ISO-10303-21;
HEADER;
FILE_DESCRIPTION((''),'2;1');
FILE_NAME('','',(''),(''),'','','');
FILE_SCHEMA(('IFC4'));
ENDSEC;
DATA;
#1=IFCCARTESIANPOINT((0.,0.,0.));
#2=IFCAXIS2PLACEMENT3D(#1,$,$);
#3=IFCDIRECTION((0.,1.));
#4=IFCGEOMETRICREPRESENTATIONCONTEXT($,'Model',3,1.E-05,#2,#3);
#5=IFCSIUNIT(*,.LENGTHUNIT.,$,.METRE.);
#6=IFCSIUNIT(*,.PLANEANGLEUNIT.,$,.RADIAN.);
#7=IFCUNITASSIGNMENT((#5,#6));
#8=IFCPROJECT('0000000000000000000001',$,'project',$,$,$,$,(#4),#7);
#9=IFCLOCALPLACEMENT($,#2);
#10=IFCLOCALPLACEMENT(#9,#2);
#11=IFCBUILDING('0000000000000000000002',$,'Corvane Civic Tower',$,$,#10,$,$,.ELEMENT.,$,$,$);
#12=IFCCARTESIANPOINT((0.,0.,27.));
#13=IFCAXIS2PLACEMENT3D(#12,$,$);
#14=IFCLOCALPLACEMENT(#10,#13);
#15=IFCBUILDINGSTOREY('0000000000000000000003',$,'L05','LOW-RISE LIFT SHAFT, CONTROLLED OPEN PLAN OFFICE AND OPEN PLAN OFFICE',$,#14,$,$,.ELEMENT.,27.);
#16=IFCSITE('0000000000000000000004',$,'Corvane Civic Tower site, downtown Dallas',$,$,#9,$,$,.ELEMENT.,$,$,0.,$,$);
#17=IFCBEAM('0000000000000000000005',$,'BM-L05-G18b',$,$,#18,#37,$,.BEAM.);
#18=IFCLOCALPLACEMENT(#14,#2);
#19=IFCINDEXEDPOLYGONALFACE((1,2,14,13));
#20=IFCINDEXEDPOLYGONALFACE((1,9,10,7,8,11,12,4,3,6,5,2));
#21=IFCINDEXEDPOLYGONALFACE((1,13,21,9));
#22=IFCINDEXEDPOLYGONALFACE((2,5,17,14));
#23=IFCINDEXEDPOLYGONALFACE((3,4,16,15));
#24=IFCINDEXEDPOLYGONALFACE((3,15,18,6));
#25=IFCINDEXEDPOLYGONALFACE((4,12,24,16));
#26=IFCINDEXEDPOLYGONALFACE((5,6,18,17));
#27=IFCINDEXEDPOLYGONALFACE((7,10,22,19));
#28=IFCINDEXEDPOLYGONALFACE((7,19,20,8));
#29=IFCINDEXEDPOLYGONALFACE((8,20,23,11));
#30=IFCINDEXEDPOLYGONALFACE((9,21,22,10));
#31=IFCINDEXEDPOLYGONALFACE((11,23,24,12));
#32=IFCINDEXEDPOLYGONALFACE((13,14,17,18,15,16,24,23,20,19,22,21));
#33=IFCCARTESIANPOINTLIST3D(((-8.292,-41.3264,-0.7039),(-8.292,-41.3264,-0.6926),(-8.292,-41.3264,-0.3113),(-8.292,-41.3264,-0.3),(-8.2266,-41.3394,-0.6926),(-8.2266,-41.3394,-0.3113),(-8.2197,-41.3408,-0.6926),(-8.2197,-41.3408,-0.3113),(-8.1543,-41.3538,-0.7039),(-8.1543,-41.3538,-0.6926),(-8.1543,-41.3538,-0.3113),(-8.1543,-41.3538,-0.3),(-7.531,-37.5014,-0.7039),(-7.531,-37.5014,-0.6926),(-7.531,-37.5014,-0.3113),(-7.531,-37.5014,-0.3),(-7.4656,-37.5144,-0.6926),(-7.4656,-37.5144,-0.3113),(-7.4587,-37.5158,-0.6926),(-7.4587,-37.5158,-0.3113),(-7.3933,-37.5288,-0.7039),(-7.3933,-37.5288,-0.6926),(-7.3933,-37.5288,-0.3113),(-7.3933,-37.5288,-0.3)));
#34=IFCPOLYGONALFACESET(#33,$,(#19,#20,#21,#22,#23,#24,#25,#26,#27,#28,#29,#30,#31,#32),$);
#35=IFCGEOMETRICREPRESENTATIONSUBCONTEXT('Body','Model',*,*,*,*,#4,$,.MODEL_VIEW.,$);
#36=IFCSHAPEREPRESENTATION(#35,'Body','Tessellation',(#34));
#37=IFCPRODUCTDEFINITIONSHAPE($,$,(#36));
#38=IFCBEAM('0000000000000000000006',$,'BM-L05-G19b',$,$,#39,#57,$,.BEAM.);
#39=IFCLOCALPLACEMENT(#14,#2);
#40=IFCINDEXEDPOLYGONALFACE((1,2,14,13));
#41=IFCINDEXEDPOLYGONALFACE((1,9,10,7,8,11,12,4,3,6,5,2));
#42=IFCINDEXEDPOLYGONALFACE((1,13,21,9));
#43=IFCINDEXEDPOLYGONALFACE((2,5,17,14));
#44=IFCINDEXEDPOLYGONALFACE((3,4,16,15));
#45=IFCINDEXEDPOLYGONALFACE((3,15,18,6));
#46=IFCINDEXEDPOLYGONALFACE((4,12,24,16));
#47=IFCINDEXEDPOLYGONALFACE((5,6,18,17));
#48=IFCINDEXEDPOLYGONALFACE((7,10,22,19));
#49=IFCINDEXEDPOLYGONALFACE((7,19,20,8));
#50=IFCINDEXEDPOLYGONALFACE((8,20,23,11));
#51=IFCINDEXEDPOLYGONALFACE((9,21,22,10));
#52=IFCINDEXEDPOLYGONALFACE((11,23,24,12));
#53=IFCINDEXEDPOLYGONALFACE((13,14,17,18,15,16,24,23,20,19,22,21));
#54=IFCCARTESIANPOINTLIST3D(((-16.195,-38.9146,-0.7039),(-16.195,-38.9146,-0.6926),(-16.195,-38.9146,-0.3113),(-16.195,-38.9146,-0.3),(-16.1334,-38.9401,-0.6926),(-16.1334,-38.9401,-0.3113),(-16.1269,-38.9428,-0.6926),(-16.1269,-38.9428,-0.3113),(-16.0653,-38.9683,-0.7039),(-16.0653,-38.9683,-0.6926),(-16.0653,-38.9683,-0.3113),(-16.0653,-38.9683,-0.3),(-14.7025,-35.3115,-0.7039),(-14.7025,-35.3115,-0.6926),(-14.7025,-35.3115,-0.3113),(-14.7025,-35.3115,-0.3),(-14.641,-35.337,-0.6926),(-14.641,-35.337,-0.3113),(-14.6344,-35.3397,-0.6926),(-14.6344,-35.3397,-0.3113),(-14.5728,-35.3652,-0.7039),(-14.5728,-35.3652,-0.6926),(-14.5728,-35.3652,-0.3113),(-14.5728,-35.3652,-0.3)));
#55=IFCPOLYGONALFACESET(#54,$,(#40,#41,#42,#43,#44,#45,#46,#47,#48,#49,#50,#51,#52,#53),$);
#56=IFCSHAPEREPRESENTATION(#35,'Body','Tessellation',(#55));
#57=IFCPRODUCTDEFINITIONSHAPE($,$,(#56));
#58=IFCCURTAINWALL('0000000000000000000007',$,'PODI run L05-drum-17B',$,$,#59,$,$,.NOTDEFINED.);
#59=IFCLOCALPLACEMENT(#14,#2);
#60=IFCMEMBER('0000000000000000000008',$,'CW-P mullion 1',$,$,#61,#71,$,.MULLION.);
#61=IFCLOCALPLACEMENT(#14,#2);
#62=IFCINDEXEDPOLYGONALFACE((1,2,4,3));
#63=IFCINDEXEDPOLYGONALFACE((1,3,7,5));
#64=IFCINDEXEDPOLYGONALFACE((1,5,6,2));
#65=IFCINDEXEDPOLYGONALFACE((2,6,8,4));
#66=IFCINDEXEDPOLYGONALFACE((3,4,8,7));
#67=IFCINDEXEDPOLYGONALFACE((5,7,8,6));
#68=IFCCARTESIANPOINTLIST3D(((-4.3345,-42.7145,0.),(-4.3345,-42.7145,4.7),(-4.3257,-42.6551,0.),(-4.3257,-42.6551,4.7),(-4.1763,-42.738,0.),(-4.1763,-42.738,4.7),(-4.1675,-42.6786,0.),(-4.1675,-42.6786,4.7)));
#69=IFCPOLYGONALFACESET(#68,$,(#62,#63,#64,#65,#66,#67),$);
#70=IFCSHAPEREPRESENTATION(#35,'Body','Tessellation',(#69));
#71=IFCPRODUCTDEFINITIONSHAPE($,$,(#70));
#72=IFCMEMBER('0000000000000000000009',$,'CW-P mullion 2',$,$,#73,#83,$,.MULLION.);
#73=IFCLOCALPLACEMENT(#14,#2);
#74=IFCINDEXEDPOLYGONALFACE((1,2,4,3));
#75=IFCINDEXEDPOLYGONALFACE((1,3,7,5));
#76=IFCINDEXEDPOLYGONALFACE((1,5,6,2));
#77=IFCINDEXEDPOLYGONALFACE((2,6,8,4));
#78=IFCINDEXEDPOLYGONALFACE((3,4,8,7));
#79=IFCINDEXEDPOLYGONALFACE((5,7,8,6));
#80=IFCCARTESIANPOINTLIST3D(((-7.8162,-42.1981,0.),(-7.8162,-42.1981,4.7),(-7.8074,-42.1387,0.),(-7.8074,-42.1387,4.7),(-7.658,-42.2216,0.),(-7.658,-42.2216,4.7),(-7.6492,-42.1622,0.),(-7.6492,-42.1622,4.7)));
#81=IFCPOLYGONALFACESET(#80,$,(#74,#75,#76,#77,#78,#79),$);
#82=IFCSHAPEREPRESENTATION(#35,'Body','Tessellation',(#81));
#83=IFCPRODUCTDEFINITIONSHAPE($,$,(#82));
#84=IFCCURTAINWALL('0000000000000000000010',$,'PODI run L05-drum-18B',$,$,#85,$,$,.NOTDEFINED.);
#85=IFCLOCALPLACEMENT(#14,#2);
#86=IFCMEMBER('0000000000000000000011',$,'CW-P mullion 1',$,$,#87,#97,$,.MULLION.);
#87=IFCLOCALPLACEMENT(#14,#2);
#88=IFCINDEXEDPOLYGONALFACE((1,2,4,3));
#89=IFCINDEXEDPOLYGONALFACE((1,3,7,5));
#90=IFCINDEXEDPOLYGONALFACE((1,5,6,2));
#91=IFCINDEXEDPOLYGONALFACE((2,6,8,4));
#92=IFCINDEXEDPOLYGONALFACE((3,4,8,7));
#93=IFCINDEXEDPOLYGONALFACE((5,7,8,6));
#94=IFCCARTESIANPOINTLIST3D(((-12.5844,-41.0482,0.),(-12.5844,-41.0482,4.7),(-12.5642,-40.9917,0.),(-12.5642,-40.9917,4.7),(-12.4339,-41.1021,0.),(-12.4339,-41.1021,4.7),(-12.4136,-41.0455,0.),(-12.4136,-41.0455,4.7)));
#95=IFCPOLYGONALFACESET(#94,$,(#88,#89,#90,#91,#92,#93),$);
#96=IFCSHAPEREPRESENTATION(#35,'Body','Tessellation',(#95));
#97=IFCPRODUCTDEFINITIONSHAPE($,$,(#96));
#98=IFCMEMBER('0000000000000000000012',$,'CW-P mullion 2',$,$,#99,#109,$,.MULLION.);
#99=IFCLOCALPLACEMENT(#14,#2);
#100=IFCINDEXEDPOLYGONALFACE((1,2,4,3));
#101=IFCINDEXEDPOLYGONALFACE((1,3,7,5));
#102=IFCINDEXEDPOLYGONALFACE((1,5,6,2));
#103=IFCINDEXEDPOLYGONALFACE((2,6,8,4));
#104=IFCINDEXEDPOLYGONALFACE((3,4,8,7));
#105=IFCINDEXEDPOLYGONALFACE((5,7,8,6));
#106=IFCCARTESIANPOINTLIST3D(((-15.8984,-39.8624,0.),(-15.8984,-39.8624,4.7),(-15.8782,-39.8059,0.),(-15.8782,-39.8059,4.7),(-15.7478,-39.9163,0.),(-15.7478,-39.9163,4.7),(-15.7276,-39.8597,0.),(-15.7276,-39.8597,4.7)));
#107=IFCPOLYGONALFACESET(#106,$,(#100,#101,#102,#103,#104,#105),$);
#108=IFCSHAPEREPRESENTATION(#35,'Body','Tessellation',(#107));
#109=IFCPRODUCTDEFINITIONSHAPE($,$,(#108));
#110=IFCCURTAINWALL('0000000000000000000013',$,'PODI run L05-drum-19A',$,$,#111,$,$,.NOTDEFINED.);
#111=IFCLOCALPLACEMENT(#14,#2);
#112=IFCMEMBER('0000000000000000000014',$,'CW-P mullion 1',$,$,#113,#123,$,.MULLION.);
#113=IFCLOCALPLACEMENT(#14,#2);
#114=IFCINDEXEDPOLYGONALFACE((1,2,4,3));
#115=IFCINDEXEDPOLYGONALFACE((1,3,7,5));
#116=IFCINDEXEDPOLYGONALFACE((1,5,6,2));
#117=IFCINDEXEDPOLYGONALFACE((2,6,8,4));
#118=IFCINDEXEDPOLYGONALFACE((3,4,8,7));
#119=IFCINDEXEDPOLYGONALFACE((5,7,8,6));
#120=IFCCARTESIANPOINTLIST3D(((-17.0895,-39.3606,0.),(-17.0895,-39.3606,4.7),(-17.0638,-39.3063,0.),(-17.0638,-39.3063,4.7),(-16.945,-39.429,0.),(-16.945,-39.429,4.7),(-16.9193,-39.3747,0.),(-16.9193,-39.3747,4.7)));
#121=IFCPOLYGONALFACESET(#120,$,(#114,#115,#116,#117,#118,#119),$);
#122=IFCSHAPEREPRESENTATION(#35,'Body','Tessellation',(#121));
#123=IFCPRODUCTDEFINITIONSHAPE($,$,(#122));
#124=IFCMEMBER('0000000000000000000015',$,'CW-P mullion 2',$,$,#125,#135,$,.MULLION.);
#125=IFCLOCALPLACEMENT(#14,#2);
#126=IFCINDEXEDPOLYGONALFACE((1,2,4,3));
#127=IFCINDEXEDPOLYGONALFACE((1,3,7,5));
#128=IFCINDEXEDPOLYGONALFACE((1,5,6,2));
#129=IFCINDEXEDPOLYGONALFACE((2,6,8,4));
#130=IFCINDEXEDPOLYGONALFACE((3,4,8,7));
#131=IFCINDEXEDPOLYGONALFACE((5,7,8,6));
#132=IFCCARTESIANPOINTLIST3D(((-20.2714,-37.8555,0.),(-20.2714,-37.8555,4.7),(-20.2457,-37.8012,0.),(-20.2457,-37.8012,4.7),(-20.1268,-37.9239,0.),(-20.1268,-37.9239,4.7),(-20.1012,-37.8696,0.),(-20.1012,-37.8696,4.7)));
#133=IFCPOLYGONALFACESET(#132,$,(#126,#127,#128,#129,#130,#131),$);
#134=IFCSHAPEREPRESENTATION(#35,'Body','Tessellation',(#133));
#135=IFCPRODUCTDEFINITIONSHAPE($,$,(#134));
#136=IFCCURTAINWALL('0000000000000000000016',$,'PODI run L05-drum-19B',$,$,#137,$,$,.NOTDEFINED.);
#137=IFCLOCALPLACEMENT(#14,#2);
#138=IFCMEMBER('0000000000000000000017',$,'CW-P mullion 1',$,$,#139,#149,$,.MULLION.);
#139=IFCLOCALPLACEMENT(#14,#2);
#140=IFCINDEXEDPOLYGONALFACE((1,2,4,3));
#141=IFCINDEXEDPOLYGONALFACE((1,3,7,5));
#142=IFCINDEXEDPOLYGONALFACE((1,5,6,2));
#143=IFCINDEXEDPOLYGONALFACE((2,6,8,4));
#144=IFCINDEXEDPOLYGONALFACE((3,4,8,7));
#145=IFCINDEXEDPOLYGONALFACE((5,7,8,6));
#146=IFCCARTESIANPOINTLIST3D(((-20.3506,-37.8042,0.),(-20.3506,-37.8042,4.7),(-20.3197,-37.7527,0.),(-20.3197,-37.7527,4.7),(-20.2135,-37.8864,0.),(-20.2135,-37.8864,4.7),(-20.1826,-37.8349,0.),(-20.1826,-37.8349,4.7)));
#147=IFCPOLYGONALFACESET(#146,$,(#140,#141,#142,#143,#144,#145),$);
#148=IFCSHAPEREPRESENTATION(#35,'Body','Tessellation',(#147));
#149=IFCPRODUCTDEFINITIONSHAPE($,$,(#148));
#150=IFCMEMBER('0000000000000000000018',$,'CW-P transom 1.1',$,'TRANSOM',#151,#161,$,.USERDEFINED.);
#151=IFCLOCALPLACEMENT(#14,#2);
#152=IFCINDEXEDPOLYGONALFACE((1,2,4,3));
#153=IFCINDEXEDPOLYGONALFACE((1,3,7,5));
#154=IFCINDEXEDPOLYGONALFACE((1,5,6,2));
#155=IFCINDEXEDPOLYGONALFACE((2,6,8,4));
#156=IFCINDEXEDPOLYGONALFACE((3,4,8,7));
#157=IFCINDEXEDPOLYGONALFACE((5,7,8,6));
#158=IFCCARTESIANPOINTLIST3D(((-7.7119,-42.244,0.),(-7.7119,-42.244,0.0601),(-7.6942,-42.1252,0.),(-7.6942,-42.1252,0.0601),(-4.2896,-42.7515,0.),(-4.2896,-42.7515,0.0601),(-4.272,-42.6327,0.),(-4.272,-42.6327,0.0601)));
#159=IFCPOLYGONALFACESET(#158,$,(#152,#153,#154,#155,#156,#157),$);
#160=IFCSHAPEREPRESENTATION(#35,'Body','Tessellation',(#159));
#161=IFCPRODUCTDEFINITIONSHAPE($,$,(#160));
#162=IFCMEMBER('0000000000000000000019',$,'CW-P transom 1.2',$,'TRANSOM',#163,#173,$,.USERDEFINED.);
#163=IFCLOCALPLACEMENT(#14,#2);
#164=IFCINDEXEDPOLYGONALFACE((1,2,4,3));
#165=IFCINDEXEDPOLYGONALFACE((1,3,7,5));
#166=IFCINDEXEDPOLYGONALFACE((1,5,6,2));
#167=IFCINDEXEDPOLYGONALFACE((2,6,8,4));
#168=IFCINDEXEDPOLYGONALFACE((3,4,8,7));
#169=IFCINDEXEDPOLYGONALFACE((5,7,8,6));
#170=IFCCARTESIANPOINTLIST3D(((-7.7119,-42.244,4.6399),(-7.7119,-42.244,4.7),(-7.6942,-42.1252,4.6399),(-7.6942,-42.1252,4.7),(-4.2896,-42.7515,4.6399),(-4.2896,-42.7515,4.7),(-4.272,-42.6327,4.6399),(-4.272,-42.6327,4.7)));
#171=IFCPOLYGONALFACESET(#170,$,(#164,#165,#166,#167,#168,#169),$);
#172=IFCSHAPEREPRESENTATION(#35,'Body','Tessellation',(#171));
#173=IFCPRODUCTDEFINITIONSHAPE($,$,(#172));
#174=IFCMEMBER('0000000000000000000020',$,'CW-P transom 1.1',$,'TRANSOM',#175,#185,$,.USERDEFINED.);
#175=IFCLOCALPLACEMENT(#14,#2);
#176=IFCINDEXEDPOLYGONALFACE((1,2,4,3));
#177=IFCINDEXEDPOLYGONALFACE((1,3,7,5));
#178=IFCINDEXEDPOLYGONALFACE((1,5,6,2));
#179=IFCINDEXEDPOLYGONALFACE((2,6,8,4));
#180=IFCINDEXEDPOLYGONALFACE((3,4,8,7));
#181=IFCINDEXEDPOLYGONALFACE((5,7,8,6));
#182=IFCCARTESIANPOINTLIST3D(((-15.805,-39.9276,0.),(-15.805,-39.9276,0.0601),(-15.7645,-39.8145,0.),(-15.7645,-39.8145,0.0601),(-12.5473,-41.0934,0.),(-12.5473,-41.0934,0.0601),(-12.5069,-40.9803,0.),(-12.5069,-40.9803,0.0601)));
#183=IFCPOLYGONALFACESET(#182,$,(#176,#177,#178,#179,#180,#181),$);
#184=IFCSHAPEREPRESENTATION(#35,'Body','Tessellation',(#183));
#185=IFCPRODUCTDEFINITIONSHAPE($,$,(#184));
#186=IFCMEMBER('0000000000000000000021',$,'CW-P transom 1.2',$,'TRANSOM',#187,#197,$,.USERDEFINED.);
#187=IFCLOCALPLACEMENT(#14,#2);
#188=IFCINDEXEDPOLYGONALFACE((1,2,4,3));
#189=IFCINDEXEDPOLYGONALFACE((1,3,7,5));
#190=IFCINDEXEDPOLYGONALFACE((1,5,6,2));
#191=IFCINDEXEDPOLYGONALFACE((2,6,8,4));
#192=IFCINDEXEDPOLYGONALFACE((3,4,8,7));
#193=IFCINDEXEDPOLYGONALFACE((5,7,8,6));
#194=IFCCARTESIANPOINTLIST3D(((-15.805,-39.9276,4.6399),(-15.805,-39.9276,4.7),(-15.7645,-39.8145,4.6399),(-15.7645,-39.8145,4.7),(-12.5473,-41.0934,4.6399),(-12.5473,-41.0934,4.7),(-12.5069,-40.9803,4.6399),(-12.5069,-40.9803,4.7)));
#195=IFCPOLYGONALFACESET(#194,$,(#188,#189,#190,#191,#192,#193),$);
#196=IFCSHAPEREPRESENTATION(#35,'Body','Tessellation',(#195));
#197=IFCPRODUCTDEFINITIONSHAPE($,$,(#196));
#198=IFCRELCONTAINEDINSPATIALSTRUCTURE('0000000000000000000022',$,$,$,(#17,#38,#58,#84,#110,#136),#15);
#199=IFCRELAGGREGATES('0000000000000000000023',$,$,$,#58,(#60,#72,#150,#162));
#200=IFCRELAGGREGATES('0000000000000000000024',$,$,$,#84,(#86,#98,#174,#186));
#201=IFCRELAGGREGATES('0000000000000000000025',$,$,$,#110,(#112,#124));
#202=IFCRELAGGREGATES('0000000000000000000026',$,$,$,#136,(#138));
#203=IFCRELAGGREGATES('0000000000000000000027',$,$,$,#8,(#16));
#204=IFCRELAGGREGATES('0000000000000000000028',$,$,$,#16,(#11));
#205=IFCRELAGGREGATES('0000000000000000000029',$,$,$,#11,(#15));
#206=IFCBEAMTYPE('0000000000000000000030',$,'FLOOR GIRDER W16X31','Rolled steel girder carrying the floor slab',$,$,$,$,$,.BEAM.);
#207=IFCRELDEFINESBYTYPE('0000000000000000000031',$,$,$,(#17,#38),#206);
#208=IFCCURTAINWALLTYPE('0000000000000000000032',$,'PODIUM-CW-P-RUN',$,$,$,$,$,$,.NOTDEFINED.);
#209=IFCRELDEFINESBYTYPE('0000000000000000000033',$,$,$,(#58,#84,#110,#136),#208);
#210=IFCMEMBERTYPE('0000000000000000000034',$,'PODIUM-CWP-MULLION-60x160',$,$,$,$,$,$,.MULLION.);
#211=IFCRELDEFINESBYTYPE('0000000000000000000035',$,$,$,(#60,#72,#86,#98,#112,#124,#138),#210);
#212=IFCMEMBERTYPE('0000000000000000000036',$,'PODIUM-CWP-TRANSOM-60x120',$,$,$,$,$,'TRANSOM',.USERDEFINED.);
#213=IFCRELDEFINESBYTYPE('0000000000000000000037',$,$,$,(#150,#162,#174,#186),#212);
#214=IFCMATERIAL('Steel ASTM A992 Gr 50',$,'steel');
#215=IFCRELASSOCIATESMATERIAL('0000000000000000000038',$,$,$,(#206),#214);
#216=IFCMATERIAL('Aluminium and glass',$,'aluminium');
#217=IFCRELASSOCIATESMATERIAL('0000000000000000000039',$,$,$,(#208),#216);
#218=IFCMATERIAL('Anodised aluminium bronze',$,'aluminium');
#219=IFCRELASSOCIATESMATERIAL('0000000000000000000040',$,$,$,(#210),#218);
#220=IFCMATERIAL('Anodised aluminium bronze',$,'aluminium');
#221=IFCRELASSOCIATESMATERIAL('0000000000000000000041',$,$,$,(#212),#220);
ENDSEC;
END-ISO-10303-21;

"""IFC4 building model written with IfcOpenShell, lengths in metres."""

from ifc_helpers import new_model, si_unit, direction, frame, origin, origin_2d, place, context, subcontext, project, spatial, rectangle, i_section, extrude, material, material_profile, profile_set, type_object, element, aggregate, save


model = new_model("IFC4")

# Units and contexts
model_context = context("Model", 3, precision=1e-05, world=origin(), true_north=direction((0.0, 1.0)))
body_context = subcontext(model_context, "Body", "Model", "MODEL_VIEW")
ifc_project = project(units=[si_unit("LENGTHUNIT", "METRE"), si_unit("PLANEANGLEUNIT", "RADIAN")], contexts=[model_context])

# Site, building, storey
site_placement = place(None, origin())
site = spatial("IfcSite", under=ifc_project, at=site_placement, Name="Corvane Civic Tower site, downtown Dallas", CompositionType="ELEMENT", RefElevation=0.0)
building_placement = place(site_placement, origin())
building = spatial("IfcBuilding", under=site, at=building_placement, Name="Corvane Civic Tower", CompositionType="ELEMENT")
storey_placement = place(building_placement, frame((0.0, 0.0, 27.0)))
storey = spatial("IfcBuildingStorey", under=building, at=storey_placement, Name="L05", Description="LOW-RISE LIFT SHAFT, CONTROLLED OPEN PLAN OFFICE AND OPEN PLAN OFFICE", CompositionType="ELEMENT", Elevation=27.0)

# Beams
ifc_material_1 = material(Name="Steel ASTM A992 Gr 50", Category="steel")
ifc_material_profile_1 = material_profile(ifc_material_1, i_section(OverallWidth=0.1404, OverallDepth=0.4038, WebThickness=0.0071, FlangeThickness=0.0112, at=origin_2d()), Name="W16X31")
ifc_profile_set_1 = profile_set([ifc_material_profile_1], Name="Steel ASTM A992 Gr 50")
beam_type_1 = type_object("IfcBeamType", Name="FLOOR GIRDER W16X31", Description="Rolled steel girder carrying the floor slab", PredefinedType="BEAM", material=ifc_profile_set_1)
for number, where, z_axis, x_axis, name in (
    (1, (-7.4622, -37.5151, -0.502), (-0.195129, -0.980778, 0.0), (0.980778, -0.195129, 0.0), "BM-L05-G18b"),
    (2, (-14.6377, -35.3384, -0.502), (-0.382685, -0.923879, 0.0), (0.923879, -0.382685, 0.0), "BM-L05-G19b"),
):
    element("IfcBeam", number, at=place(storey_placement, frame(where, z_axis=z_axis, x_axis=x_axis)), inside=storey, type_object=beam_type_1, Name=name, PredefinedType="BEAM", context=body_context, shape_type="SweptSolid", body=[
        extrude(i_section(OverallWidth=0.1404, OverallDepth=0.4038, WebThickness=0.0071, FlangeThickness=0.0112, at=origin_2d()), origin(), (0.0, 0.0, 1.0), 3.8999),
    ])

# Curtain walls, members
ifc_material_2 = material(Name="Aluminium and glass", Category="aluminium")
curtain_wall_type = type_object("IfcCurtainWallType", Name="PODIUM-CW-P-RUN", PredefinedType="NOTDEFINED", material=ifc_material_2)
curtain_wall_1_placement = place(storey_placement, origin())
curtain_wall_1 = element("IfcCurtainWall", 3, at=curtain_wall_1_placement, inside=storey, type_object=curtain_wall_type, Name="PODI run L05-drum-17B", PredefinedType="NOTDEFINED")
ifc_material_3 = material(Name="Anodised aluminium bronze", Category="aluminium")
ifc_material_profile_2 = material_profile(ifc_material_3, rectangle(XDim=0.0601, YDim=0.1599, at=origin_2d()), Name="AL 60x160")
ifc_profile_set_2 = profile_set([ifc_material_profile_2], Name="Anodised aluminium bronze")
member_type_1 = type_object("IfcMemberType", Name="PODIUM-CWP-MULLION-60x160", PredefinedType="MULLION", material=ifc_profile_set_2)
member_1_placement = place(storey_placement, frame((-4.251, -42.6965, 0.0), z_axis=(0.0, 0.0, 1.0), x_axis=(-0.146715, -0.989179, 0.0)))
member_1 = element("IfcMember", 4, at=member_1_placement, type_object=member_type_1, Name="CW-P mullion 1", PredefinedType="MULLION", context=body_context, shape_type="SweptSolid", body=[
    extrude(rectangle(XDim=0.0601, YDim=0.1599, at=origin_2d()), origin(), (0.0, 0.0, 1.0), 4.7),
])
member_2_placement = place(storey_placement, frame((-7.7327, -42.1802, 0.0), z_axis=(0.0, 0.0, 1.0), x_axis=(-0.146715, -0.989179, 0.0)))
member_2 = element("IfcMember", 5, at=member_2_placement, type_object=member_type_1, Name="CW-P mullion 2", PredefinedType="MULLION", context=body_context, shape_type="SweptSolid", body=[
    extrude(rectangle(XDim=0.0601, YDim=0.1599, at=origin_2d()), origin(), (0.0, 0.0, 1.0), 4.7),
])
curtain_wall_2_placement = place(storey_placement, origin())
curtain_wall_2 = element("IfcCurtainWall", 6, at=curtain_wall_2_placement, inside=storey, type_object=curtain_wall_type, Name="PODI run L05-drum-18B", PredefinedType="NOTDEFINED")
member_3_placement = place(storey_placement, frame((-12.499, -41.0469, 0.0), z_axis=(0.0, 0.0, 1.0), x_axis=(-0.336919, -0.941534, 0.0)))
member_3 = element("IfcMember", 7, at=member_3_placement, type_object=member_type_1, Name="CW-P mullion 1", PredefinedType="MULLION", context=body_context, shape_type="SweptSolid", body=[
    extrude(rectangle(XDim=0.0601, YDim=0.1599, at=origin_2d()), origin(), (0.0, 0.0, 1.0), 4.7),
])
member_4_placement = place(storey_placement, frame((-15.813, -39.8611, 0.0), z_axis=(0.0, 0.0, 1.0), x_axis=(-0.336919, -0.941534, 0.0)))
member_4 = element("IfcMember", 8, at=member_4_placement, type_object=member_type_1, Name="CW-P mullion 2", PredefinedType="MULLION", context=body_context, shape_type="SweptSolid", body=[
    extrude(rectangle(XDim=0.0601, YDim=0.1599, at=origin_2d()), origin(), (0.0, 0.0, 1.0), 4.7),
])
curtain_wall_3_placement = place(storey_placement, origin())
curtain_wall_3 = element("IfcCurtainWall", 9, at=curtain_wall_3_placement, inside=storey, type_object=curtain_wall_type, Name="PODI run L05-drum-19A", PredefinedType="NOTDEFINED")
member_5_placement = place(storey_placement, frame((-17.0044, -39.3677, 0.0), z_axis=(0.0, 0.0, 1.0), x_axis=(-0.427553, -0.90399, 0.0)))
member_5 = element("IfcMember", 10, at=member_5_placement, type_object=member_type_1, Name="CW-P mullion 1", PredefinedType="MULLION", context=body_context, shape_type="SweptSolid", body=[
    extrude(rectangle(XDim=0.0601, YDim=0.1599, at=origin_2d()), origin(), (0.0, 0.0, 1.0), 4.7),
])
member_6_placement = place(storey_placement, frame((-20.1863, -37.8625, 0.0), z_axis=(0.0, 0.0, 1.0), x_axis=(-0.427553, -0.90399, 0.0)))
member_6 = element("IfcMember", 11, at=member_6_placement, type_object=member_type_1, Name="CW-P mullion 2", PredefinedType="MULLION", context=body_context, shape_type="SweptSolid", body=[
    extrude(rectangle(XDim=0.0601, YDim=0.1599, at=origin_2d()), origin(), (0.0, 0.0, 1.0), 4.7),
])

# Curtain wall, member
curtain_wall_4_placement = place(storey_placement, origin())
curtain_wall_4 = element("IfcCurtainWall", 12, at=curtain_wall_4_placement, inside=storey, type_object=curtain_wall_type, Name="PODI run L05-drum-19B", PredefinedType="NOTDEFINED")
member_7_placement = place(storey_placement, frame((-20.2666, -37.8196, 0.0), z_axis=(0.0, 0.0, 1.0), x_axis=(-0.514118, -0.85772, 0.0)))
member_7 = element("IfcMember", 13, at=member_7_placement, type_object=member_type_1, Name="CW-P mullion 1", PredefinedType="MULLION", context=body_context, shape_type="SweptSolid", body=[
    extrude(rectangle(XDim=0.0601, YDim=0.1599, at=origin_2d()), origin(), (0.0, 0.0, 1.0), 4.7),
])

# Members
ifc_material_4 = material(Name="Anodised aluminium bronze", Category="aluminium")
ifc_material_profile_3 = material_profile(ifc_material_4, rectangle(XDim=0.1201, YDim=0.0601, at=origin_2d()), Name="AL 120x60")
ifc_profile_set_3 = profile_set([ifc_material_profile_3], Name="Anodised aluminium bronze")
member_type_2 = type_object("IfcMemberType", Name="PODIUM-CWP-TRANSOM-60x120", ElementType="TRANSOM", PredefinedType="USERDEFINED", material=ifc_profile_set_3)
member_8_placement = place(storey_placement, frame((-4.2808, -42.6921, 0.03), z_axis=(-0.98918, 0.146705, 0.0), x_axis=(-0.146705, -0.98918, 0.0)))
member_8 = element("IfcMember", 14, at=member_8_placement, type_object=member_type_2, Name="CW-P transom 1.1", ObjectType="TRANSOM", PredefinedType="USERDEFINED", context=body_context, shape_type="SweptSolid", body=[
    extrude(rectangle(XDim=0.1201, YDim=0.0601, at=origin_2d()), origin(), (0.0, 0.0, 1.0), 3.4597),
])
member_9_placement = place(storey_placement, frame((-4.2808, -42.6921, 4.6699), z_axis=(-0.98918, 0.146705, 0.0), x_axis=(-0.146705, -0.98918, 0.0)))
member_9 = element("IfcMember", 15, at=member_9_placement, type_object=member_type_2, Name="CW-P transom 1.2", ObjectType="TRANSOM", PredefinedType="USERDEFINED", context=body_context, shape_type="SweptSolid", body=[
    extrude(rectangle(XDim=0.1201, YDim=0.0601, at=origin_2d()), origin(), (0.0, 0.0, 1.0), 3.4597),
])
member_10_placement = place(storey_placement, frame((-12.5271, -41.0369, 0.03), z_axis=(-0.941526, 0.33694, 0.0), x_axis=(-0.33694, -0.941526, 0.0)))
member_10 = element("IfcMember", 16, at=member_10_placement, type_object=member_type_2, Name="CW-P transom 1.1", ObjectType="TRANSOM", PredefinedType="USERDEFINED", context=body_context, shape_type="SweptSolid", body=[
    extrude(rectangle(XDim=0.1201, YDim=0.0601, at=origin_2d()), origin(), (0.0, 0.0, 1.0), 3.46),
])
member_11_placement = place(storey_placement, frame((-12.5271, -41.0369, 4.6699), z_axis=(-0.941526, 0.33694, 0.0), x_axis=(-0.33694, -0.941526, 0.0)))
member_11 = element("IfcMember", 17, at=member_11_placement, type_object=member_type_2, Name="CW-P transom 1.2", ObjectType="TRANSOM", PredefinedType="USERDEFINED", context=body_context, shape_type="SweptSolid", body=[
    extrude(rectangle(XDim=0.1201, YDim=0.0601, at=origin_2d()), origin(), (0.0, 0.0, 1.0), 3.46),
])

aggregate(curtain_wall_1, [member_1, member_2, member_8, member_9])
aggregate(curtain_wall_2, [member_3, member_4, member_10, member_11])
aggregate(curtain_wall_3, [member_5, member_6])
aggregate(curtain_wall_4, [member_7])

save(model, "model.ifc")
